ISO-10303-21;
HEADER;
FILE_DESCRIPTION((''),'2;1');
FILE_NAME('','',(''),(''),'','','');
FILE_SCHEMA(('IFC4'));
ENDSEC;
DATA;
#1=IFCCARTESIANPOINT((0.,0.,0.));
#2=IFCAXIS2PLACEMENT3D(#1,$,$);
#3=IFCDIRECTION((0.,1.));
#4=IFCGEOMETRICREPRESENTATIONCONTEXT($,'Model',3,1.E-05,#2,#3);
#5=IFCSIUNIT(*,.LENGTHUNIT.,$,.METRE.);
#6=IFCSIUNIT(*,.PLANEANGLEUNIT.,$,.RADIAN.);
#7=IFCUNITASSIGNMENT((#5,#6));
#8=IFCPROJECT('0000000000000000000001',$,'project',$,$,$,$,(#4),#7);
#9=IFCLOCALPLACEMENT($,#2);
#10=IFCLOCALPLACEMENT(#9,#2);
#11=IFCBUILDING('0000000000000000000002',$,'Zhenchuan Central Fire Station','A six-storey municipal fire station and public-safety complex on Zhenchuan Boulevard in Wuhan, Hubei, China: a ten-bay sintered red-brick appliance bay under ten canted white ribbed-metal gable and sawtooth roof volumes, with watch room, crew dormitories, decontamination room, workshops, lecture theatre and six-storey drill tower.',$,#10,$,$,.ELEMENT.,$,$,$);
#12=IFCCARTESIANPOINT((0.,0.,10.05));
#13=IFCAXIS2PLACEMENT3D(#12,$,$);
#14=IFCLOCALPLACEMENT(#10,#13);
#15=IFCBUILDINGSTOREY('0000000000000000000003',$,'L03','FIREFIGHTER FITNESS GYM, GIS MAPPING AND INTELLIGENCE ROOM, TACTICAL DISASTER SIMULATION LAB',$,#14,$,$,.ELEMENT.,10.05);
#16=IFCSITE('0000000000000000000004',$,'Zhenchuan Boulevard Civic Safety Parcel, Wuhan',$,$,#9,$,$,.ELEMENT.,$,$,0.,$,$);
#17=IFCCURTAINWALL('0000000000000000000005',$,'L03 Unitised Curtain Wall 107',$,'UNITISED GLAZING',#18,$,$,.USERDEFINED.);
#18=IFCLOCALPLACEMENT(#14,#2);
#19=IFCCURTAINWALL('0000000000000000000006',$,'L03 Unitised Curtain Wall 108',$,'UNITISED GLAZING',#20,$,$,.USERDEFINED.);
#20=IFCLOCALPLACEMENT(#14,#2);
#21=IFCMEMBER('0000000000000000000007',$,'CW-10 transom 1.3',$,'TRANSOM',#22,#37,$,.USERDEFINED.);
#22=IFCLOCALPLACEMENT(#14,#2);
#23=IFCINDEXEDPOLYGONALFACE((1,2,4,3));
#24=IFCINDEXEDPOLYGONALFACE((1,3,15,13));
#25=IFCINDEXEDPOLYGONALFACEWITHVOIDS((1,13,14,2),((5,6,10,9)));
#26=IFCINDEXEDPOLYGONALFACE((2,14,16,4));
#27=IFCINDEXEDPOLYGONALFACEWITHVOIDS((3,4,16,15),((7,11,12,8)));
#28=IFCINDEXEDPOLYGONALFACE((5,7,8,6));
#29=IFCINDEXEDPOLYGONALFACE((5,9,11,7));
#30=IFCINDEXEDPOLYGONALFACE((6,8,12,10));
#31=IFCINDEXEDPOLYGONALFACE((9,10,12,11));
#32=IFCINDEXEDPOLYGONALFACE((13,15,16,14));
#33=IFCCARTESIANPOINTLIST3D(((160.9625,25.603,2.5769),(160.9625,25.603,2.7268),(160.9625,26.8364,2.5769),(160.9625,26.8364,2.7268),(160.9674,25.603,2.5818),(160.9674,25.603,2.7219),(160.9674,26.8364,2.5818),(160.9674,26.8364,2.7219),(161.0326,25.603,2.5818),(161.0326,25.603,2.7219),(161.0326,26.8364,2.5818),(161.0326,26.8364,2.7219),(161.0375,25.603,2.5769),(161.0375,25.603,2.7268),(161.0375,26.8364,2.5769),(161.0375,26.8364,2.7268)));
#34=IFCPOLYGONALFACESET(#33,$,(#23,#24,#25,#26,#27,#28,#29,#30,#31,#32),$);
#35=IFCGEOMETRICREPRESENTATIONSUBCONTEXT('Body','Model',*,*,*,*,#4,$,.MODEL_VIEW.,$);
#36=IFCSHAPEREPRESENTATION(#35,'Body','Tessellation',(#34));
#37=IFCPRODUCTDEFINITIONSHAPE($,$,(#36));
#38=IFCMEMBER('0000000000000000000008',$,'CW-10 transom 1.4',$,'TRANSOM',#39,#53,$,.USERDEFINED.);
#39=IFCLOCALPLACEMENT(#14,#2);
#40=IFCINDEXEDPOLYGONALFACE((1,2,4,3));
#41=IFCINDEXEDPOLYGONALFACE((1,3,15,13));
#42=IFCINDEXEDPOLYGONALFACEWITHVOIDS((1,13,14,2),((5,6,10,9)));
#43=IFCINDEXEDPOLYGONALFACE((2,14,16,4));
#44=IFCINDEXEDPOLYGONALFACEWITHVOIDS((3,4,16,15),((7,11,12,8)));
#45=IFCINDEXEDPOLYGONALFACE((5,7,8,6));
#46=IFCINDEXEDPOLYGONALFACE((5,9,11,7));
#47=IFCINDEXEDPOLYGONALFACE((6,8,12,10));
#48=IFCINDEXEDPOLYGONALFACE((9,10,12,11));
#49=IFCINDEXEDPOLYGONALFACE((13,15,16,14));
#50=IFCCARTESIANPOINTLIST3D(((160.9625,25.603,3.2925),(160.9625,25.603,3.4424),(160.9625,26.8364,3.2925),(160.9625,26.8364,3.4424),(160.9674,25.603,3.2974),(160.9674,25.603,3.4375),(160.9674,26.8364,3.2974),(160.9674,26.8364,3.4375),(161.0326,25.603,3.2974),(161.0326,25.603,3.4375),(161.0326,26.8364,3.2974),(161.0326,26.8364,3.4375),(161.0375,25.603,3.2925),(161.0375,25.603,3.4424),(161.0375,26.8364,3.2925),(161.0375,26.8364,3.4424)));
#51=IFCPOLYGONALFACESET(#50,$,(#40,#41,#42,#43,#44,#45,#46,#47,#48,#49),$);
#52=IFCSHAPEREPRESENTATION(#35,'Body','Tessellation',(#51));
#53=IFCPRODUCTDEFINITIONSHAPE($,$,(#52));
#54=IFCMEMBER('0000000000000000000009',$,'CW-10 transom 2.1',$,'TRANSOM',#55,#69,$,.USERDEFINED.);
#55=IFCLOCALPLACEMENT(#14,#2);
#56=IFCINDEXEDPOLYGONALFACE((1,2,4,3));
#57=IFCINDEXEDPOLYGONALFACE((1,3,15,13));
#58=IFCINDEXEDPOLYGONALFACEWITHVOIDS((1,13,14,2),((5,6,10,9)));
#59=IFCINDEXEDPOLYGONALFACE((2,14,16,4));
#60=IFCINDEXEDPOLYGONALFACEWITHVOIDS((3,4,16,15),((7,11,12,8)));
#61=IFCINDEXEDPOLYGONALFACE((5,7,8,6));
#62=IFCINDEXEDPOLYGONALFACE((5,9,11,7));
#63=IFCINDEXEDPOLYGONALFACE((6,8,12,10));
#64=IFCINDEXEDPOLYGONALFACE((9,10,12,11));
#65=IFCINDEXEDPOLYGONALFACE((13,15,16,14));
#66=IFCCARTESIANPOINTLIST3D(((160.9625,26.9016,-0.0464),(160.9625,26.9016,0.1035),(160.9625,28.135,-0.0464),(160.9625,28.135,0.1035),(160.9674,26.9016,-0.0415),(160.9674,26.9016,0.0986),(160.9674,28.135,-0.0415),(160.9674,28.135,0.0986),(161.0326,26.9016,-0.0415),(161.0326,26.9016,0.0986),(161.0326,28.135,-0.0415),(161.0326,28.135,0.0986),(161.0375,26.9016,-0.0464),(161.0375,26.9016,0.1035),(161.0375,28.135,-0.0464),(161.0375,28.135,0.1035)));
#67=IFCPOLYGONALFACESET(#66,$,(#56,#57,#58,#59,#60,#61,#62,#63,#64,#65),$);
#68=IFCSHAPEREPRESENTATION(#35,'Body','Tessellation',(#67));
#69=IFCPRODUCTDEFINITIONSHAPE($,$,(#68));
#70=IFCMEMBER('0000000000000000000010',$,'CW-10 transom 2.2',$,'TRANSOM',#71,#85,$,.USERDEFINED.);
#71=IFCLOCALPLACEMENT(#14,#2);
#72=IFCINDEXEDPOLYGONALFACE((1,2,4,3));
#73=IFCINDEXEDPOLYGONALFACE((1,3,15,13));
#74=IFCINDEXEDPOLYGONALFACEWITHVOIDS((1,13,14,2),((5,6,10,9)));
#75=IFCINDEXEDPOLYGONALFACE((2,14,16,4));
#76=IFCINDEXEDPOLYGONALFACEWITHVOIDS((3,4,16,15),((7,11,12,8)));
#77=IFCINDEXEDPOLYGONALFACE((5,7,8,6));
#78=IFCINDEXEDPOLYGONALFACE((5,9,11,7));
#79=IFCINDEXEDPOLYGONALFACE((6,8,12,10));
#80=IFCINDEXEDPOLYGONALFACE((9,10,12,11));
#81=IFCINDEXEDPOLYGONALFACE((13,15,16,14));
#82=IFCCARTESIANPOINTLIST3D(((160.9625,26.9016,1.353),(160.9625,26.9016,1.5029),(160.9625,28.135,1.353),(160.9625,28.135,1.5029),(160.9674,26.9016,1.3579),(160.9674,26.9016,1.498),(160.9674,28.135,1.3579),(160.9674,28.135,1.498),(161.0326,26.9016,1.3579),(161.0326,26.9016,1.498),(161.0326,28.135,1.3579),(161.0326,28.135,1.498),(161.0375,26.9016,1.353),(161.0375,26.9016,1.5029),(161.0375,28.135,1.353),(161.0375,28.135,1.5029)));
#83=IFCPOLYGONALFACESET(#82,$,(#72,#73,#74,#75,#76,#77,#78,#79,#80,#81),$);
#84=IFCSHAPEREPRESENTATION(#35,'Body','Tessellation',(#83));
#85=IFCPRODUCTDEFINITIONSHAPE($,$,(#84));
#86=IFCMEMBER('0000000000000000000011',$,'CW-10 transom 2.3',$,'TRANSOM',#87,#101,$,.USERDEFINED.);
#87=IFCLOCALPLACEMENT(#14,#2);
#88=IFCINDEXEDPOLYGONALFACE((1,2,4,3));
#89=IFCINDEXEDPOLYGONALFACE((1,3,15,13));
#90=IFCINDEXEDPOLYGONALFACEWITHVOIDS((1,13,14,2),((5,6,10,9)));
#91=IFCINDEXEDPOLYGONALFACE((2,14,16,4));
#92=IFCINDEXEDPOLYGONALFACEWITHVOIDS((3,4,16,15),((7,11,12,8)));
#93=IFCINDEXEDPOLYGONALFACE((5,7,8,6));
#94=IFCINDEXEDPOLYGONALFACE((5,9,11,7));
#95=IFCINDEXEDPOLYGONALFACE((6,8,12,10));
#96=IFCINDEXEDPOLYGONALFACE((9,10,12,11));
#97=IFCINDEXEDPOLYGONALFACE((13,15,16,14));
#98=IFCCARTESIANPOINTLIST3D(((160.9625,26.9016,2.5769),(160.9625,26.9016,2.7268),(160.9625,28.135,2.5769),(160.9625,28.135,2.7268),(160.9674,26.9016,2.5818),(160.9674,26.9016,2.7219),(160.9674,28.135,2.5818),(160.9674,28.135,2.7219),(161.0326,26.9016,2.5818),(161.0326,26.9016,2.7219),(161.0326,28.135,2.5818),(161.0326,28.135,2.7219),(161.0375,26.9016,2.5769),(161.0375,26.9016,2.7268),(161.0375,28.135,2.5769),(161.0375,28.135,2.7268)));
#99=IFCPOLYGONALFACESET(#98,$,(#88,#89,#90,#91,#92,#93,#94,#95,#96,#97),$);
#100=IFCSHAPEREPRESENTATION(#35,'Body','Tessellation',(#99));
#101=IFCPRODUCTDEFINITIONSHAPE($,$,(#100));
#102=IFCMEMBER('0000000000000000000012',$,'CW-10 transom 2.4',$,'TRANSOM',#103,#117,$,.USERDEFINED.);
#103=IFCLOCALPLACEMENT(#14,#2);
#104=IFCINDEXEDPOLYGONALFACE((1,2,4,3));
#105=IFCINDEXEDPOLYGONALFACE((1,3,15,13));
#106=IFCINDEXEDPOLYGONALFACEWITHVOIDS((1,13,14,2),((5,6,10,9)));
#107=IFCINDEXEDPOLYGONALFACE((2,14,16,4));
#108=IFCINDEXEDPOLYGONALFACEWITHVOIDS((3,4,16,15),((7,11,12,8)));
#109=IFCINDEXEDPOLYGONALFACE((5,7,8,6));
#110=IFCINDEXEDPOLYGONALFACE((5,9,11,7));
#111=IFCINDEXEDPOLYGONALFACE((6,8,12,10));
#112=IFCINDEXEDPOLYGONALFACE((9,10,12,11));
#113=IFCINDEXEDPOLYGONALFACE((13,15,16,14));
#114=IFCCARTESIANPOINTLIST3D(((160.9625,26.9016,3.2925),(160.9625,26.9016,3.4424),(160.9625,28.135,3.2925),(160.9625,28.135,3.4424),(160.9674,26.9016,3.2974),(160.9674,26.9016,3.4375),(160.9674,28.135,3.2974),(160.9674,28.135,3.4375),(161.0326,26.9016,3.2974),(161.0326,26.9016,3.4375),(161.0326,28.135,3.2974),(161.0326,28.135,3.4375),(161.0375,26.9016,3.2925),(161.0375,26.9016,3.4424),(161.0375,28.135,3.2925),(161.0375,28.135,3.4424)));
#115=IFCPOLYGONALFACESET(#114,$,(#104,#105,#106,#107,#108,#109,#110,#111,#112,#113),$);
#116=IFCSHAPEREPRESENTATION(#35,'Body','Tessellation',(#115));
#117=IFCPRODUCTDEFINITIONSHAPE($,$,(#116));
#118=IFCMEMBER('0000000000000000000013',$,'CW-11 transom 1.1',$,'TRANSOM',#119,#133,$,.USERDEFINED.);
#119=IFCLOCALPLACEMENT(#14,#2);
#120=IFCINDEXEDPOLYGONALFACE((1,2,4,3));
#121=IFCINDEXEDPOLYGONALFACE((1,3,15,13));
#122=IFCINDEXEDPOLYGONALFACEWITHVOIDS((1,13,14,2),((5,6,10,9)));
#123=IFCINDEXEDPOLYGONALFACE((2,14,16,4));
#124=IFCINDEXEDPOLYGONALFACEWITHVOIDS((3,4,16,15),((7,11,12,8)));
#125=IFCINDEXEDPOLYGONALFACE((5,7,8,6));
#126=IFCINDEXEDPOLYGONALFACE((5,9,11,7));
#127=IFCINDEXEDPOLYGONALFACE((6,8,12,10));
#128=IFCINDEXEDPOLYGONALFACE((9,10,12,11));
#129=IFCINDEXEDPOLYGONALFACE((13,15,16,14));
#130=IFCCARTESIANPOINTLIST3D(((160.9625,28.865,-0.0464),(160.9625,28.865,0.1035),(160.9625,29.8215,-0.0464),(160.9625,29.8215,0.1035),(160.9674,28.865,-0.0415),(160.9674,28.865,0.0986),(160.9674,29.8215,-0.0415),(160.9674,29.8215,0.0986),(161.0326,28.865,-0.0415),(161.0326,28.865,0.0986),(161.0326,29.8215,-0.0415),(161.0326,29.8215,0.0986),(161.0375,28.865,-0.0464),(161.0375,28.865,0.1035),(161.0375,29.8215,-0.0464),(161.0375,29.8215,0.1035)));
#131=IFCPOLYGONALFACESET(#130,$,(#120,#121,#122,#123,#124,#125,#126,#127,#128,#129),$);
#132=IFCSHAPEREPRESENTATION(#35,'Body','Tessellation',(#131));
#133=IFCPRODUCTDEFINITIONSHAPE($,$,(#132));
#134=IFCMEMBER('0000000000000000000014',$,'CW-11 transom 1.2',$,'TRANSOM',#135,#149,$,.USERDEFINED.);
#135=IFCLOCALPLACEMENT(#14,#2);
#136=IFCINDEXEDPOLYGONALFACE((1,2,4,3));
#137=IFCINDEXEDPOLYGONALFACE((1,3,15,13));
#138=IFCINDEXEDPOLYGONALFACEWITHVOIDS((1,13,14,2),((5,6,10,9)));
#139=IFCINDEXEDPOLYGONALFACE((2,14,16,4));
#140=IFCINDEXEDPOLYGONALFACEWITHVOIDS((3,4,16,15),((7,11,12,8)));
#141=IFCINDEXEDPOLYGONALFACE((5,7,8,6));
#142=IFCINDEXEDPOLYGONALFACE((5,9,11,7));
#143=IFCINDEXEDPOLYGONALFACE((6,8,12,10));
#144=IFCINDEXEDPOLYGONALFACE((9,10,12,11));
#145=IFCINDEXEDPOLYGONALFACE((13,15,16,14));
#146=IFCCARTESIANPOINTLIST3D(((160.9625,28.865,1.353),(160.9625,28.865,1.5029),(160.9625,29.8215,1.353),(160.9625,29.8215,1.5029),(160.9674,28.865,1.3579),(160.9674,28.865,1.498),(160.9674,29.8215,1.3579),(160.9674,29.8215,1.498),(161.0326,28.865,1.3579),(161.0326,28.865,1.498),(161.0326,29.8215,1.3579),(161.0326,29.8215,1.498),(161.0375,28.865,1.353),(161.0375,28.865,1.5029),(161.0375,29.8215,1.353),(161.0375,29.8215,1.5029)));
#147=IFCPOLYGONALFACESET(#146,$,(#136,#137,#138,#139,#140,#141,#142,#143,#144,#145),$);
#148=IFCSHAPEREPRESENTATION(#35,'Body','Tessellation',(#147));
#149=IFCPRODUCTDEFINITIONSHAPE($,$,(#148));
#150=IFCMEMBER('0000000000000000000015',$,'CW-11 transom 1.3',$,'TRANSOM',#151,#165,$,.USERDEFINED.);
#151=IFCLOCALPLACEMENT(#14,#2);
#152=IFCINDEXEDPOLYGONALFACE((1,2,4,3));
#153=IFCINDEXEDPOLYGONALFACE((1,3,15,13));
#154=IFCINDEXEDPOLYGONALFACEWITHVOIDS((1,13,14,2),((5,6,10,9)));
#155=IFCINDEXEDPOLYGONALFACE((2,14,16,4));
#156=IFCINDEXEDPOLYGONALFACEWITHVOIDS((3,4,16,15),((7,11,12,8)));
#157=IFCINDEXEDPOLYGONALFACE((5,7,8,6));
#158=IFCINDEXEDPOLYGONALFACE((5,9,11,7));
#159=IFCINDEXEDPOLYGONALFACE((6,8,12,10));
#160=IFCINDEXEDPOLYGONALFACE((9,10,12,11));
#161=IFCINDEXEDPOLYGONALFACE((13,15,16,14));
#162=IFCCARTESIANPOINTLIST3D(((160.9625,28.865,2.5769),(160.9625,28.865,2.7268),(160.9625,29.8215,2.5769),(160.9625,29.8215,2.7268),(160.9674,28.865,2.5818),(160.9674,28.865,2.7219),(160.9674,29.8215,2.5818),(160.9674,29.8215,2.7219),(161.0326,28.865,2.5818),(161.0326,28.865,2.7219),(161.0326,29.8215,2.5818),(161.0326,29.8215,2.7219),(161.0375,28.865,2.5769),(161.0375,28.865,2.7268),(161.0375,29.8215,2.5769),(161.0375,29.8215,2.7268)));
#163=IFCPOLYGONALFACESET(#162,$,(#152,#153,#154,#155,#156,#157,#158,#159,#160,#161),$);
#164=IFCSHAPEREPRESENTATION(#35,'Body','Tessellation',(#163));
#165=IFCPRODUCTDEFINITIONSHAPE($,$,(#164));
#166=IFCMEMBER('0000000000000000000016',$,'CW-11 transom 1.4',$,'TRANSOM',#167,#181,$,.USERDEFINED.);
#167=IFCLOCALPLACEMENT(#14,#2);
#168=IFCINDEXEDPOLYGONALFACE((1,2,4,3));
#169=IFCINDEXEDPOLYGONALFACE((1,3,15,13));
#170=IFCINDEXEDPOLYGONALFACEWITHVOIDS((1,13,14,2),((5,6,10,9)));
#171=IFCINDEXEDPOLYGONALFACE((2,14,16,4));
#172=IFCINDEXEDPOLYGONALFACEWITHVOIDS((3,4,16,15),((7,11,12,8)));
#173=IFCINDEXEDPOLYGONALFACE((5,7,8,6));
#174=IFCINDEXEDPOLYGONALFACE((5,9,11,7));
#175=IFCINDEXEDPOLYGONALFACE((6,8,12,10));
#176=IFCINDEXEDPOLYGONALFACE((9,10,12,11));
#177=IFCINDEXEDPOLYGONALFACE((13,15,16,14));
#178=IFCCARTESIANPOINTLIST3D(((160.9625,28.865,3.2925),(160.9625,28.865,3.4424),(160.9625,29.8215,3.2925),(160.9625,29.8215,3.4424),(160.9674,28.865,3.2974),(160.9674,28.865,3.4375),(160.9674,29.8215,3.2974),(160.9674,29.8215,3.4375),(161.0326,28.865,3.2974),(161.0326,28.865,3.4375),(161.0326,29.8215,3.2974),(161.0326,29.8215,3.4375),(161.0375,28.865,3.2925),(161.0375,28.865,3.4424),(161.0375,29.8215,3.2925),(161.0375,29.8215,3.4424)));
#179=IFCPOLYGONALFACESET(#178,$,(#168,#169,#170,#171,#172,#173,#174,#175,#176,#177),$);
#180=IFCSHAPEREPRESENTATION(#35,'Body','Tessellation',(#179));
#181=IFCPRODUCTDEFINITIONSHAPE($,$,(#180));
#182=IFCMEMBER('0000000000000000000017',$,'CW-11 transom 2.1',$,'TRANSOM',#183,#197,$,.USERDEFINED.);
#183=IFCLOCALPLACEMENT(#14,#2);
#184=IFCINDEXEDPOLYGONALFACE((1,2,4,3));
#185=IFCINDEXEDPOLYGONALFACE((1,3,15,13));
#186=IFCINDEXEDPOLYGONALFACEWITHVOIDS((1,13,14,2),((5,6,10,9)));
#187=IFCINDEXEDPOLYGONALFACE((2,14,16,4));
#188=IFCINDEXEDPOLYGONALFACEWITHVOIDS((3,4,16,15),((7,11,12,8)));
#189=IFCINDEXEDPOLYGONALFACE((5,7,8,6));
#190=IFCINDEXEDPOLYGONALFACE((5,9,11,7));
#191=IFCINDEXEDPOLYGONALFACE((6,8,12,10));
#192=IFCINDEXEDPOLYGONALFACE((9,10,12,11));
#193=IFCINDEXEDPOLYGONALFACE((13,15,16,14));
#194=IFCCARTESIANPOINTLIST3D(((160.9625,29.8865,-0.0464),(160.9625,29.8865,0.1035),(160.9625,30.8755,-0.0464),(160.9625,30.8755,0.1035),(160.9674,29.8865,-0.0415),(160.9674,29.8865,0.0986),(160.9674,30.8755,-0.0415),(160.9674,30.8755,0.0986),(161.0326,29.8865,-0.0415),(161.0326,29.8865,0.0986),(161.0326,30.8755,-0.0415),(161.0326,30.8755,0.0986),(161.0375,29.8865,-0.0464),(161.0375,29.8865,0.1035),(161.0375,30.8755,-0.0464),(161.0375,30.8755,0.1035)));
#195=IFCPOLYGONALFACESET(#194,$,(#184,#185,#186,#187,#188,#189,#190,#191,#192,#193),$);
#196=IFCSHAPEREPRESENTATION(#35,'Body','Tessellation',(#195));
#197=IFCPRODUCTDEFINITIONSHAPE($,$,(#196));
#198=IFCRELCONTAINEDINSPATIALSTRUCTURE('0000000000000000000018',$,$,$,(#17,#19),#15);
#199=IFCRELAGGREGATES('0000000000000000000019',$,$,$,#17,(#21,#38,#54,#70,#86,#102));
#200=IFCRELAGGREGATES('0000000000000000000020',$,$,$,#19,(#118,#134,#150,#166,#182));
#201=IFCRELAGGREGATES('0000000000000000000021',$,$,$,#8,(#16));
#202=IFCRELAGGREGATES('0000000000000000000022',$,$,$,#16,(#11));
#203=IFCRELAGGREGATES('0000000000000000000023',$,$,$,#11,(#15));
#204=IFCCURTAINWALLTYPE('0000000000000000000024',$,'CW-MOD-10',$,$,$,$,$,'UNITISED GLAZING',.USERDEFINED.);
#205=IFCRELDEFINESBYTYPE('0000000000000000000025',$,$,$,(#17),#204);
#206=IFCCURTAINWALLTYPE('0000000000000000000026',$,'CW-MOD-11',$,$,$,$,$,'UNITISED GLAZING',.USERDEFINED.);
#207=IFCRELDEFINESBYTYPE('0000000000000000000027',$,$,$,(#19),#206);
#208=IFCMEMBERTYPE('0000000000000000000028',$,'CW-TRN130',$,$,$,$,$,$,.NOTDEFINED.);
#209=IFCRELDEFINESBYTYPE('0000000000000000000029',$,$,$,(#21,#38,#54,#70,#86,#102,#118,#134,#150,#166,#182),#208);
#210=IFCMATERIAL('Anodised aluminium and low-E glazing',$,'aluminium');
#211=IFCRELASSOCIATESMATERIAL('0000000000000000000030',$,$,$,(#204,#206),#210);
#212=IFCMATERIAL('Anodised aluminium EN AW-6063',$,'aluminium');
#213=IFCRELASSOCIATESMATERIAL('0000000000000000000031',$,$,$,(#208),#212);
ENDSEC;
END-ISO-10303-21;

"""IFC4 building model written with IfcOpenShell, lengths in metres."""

from ifc_helpers import new_model, si_unit, direction, frame, origin, origin_2d, place, context, subcontext, project, spatial, hollow_rectangle, extrude, material, material_profile, profile_set, type_object, element, aggregate, save


model = new_model("IFC4")

# Units and contexts
model_context = context("Model", 3, precision=1e-05, world=origin(), true_north=direction((0.0, 1.0)))
body_context = subcontext(model_context, "Body", "Model", "MODEL_VIEW")
ifc_project = project(units=[si_unit("LENGTHUNIT", "METRE"), si_unit("PLANEANGLEUNIT", "RADIAN")], contexts=[model_context])

# Site, building, storey
site_placement = place(None, origin())
site = spatial("IfcSite", under=ifc_project, at=site_placement, Name="Zhenchuan Boulevard Civic Safety Parcel, Wuhan", CompositionType="ELEMENT", RefElevation=0.0)
building_placement = place(site_placement, origin())
building = spatial("IfcBuilding", under=site, at=building_placement, Name="Zhenchuan Central Fire Station", Description="A six-storey municipal fire station and public-safety complex on Zhenchuan Boulevard in Wuhan, Hubei, China: a ten-bay sintered red-brick appliance bay under ten canted white ribbed-metal gable and sawtooth roof volumes, with watch room, crew dormitories, decontamination room, workshops, lecture theatre and six-storey drill tower.", CompositionType="ELEMENT")
storey_placement = place(building_placement, frame((0.0, 0.0, 10.05)))
storey = spatial("IfcBuildingStorey", under=building, at=storey_placement, Name="L03", Description="FIREFIGHTER FITNESS GYM, GIS MAPPING AND INTELLIGENCE ROOM, TACTICAL DISASTER SIMULATION LAB", CompositionType="ELEMENT", Elevation=10.05)

# Shared definitions
ifc_material_1 = material(Name="Anodised aluminium and low-E glazing", Category="aluminium")
ifc_material_2 = material(Name="Anodised aluminium EN AW-6063", Category="aluminium")

# Curtain walls
curtain_wall_type_1 = type_object("IfcCurtainWallType", Name="CW-MOD-10", ElementType="UNITISED GLAZING", PredefinedType="USERDEFINED", material=ifc_material_1)
curtain_wall_1_placement = place(storey_placement, origin())
curtain_wall_1 = element("IfcCurtainWall", 1, at=curtain_wall_1_placement, inside=storey, type_object=curtain_wall_type_1, Name="L03 Unitised Curtain Wall 107", ObjectType="UNITISED GLAZING", PredefinedType="USERDEFINED")
curtain_wall_type_2 = type_object("IfcCurtainWallType", Name="CW-MOD-11", ElementType="UNITISED GLAZING", PredefinedType="USERDEFINED", material=ifc_material_1)
curtain_wall_2_placement = place(storey_placement, origin())
curtain_wall_2 = element("IfcCurtainWall", 2, at=curtain_wall_2_placement, inside=storey, type_object=curtain_wall_type_2, Name="L03 Unitised Curtain Wall 108", ObjectType="UNITISED GLAZING", PredefinedType="USERDEFINED")

# Members
ifc_material_profile_1 = material_profile(ifc_material_2, hollow_rectangle(XDim=0.075, YDim=0.1499, WallThickness=0.0049, at=origin_2d()), Name="ALU-T 150x75")
ifc_profile_set_1 = profile_set([ifc_material_profile_1], Name="Anodised aluminium EN AW-6063")
member_type_1 = type_object("IfcMemberType", Name="CW-TRN130", PredefinedType="NOTDEFINED", material=ifc_profile_set_1)
member_1_placement = place(storey_placement, frame((161.0, 25.603, 2.6519), z_axis=(0.0, 1.0, 0.0), x_axis=(-1.0, 0.0, 0.0)))
member_1 = element("IfcMember", 3, at=member_1_placement, type_object=member_type_1, Name="CW-10 transom 1.3", ObjectType="TRANSOM", PredefinedType="USERDEFINED", context=body_context, shape_type="SweptSolid", body=[
    extrude(hollow_rectangle(XDim=0.075, YDim=0.1499, WallThickness=0.0049, at=origin_2d()), origin(), (0.0, 0.0, 1.0), 1.2334),
])
member_2_placement = place(storey_placement, frame((161.0, 25.603, 3.3674), z_axis=(0.0, 1.0, 0.0), x_axis=(-1.0, 0.0, 0.0)))
member_2 = element("IfcMember", 4, at=member_2_placement, type_object=member_type_1, Name="CW-10 transom 1.4", ObjectType="TRANSOM", PredefinedType="USERDEFINED", context=body_context, shape_type="SweptSolid", body=[
    extrude(hollow_rectangle(XDim=0.075, YDim=0.1499, WallThickness=0.0049, at=origin_2d()), origin(), (0.0, 0.0, 1.0), 1.2334),
])
member_3_placement = place(storey_placement, frame((161.0, 26.9016, 0.0286), z_axis=(0.0, 1.0, 0.0), x_axis=(-1.0, 0.0, 0.0)))
member_3 = element("IfcMember", 5, at=member_3_placement, type_object=member_type_1, Name="CW-10 transom 2.1", ObjectType="TRANSOM", PredefinedType="USERDEFINED", context=body_context, shape_type="SweptSolid", body=[
    extrude(hollow_rectangle(XDim=0.075, YDim=0.1499, WallThickness=0.0049, at=origin_2d()), origin(), (0.0, 0.0, 1.0), 1.2334),
])
member_4_placement = place(storey_placement, frame((161.0, 26.9016, 1.428), z_axis=(0.0, 1.0, 0.0), x_axis=(-1.0, 0.0, 0.0)))
member_4 = element("IfcMember", 6, at=member_4_placement, type_object=member_type_1, Name="CW-10 transom 2.2", ObjectType="TRANSOM", PredefinedType="USERDEFINED", context=body_context, shape_type="SweptSolid", body=[
    extrude(hollow_rectangle(XDim=0.075, YDim=0.1499, WallThickness=0.0049, at=origin_2d()), origin(), (0.0, 0.0, 1.0), 1.2334),
])
member_5_placement = place(storey_placement, frame((161.0, 26.9016, 2.6519), z_axis=(0.0, 1.0, 0.0), x_axis=(-1.0, 0.0, 0.0)))
member_5 = element("IfcMember", 7, at=member_5_placement, type_object=member_type_1, Name="CW-10 transom 2.3", ObjectType="TRANSOM", PredefinedType="USERDEFINED", context=body_context, shape_type="SweptSolid", body=[
    extrude(hollow_rectangle(XDim=0.075, YDim=0.1499, WallThickness=0.0049, at=origin_2d()), origin(), (0.0, 0.0, 1.0), 1.2334),
])
member_6_placement = place(storey_placement, frame((161.0, 26.9016, 3.3674), z_axis=(0.0, 1.0, 0.0), x_axis=(-1.0, 0.0, 0.0)))
member_6 = element("IfcMember", 8, at=member_6_placement, type_object=member_type_1, Name="CW-10 transom 2.4", ObjectType="TRANSOM", PredefinedType="USERDEFINED", context=body_context, shape_type="SweptSolid", body=[
    extrude(hollow_rectangle(XDim=0.075, YDim=0.1499, WallThickness=0.0049, at=origin_2d()), origin(), (0.0, 0.0, 1.0), 1.2334),
])
member_7_placement = place(storey_placement, frame((161.0, 28.865, 0.0286), z_axis=(0.0, 1.0, 0.0), x_axis=(-1.0, 0.0, 0.0)))
member_7 = element("IfcMember", 9, at=member_7_placement, type_object=member_type_1, Name="CW-11 transom 1.1", ObjectType="TRANSOM", PredefinedType="USERDEFINED", context=body_context, shape_type="SweptSolid", body=[
    extrude(hollow_rectangle(XDim=0.075, YDim=0.1499, WallThickness=0.0049, at=origin_2d()), origin(), (0.0, 0.0, 1.0), 0.9565),
])
member_8_placement = place(storey_placement, frame((161.0, 28.865, 1.428), z_axis=(0.0, 1.0, 0.0), x_axis=(-1.0, 0.0, 0.0)))
member_8 = element("IfcMember", 10, at=member_8_placement, type_object=member_type_1, Name="CW-11 transom 1.2", ObjectType="TRANSOM", PredefinedType="USERDEFINED", context=body_context, shape_type="SweptSolid", body=[
    extrude(hollow_rectangle(XDim=0.075, YDim=0.1499, WallThickness=0.0049, at=origin_2d()), origin(), (0.0, 0.0, 1.0), 0.9565),
])
member_9_placement = place(storey_placement, frame((161.0, 28.865, 2.6519), z_axis=(0.0, 1.0, 0.0), x_axis=(-1.0, 0.0, 0.0)))
member_9 = element("IfcMember", 11, at=member_9_placement, type_object=member_type_1, Name="CW-11 transom 1.3", ObjectType="TRANSOM", PredefinedType="USERDEFINED", context=body_context, shape_type="SweptSolid", body=[
    extrude(hollow_rectangle(XDim=0.075, YDim=0.1499, WallThickness=0.0049, at=origin_2d()), origin(), (0.0, 0.0, 1.0), 0.9565),
])
member_10_placement = place(storey_placement, frame((161.0, 28.865, 3.3674), z_axis=(0.0, 1.0, 0.0), x_axis=(-1.0, 0.0, 0.0)))
member_10 = element("IfcMember", 12, at=member_10_placement, type_object=member_type_1, Name="CW-11 transom 1.4", ObjectType="TRANSOM", PredefinedType="USERDEFINED", context=body_context, shape_type="SweptSolid", body=[
    extrude(hollow_rectangle(XDim=0.075, YDim=0.1499, WallThickness=0.0049, at=origin_2d()), origin(), (0.0, 0.0, 1.0), 0.9565),
])
member_11_placement = place(storey_placement, frame((161.0, 29.8865, 0.0286), z_axis=(0.0, 1.0, 0.0), x_axis=(-1.0, 0.0, 0.0)))
member_11 = element("IfcMember", 13, at=member_11_placement, type_object=member_type_1, Name="CW-11 transom 2.1", ObjectType="TRANSOM", PredefinedType="USERDEFINED", context=body_context, shape_type="SweptSolid", body=[
    extrude(hollow_rectangle(XDim=0.075, YDim=0.1499, WallThickness=0.0049, at=origin_2d()), origin(), (0.0, 0.0, 1.0), 0.989),
])

aggregate(curtain_wall_1, [member_1, member_2, member_3, member_4, member_5, member_6])
aggregate(curtain_wall_2, [member_7, member_8, member_9, member_10, member_11])

save(model, "model.ifc")
